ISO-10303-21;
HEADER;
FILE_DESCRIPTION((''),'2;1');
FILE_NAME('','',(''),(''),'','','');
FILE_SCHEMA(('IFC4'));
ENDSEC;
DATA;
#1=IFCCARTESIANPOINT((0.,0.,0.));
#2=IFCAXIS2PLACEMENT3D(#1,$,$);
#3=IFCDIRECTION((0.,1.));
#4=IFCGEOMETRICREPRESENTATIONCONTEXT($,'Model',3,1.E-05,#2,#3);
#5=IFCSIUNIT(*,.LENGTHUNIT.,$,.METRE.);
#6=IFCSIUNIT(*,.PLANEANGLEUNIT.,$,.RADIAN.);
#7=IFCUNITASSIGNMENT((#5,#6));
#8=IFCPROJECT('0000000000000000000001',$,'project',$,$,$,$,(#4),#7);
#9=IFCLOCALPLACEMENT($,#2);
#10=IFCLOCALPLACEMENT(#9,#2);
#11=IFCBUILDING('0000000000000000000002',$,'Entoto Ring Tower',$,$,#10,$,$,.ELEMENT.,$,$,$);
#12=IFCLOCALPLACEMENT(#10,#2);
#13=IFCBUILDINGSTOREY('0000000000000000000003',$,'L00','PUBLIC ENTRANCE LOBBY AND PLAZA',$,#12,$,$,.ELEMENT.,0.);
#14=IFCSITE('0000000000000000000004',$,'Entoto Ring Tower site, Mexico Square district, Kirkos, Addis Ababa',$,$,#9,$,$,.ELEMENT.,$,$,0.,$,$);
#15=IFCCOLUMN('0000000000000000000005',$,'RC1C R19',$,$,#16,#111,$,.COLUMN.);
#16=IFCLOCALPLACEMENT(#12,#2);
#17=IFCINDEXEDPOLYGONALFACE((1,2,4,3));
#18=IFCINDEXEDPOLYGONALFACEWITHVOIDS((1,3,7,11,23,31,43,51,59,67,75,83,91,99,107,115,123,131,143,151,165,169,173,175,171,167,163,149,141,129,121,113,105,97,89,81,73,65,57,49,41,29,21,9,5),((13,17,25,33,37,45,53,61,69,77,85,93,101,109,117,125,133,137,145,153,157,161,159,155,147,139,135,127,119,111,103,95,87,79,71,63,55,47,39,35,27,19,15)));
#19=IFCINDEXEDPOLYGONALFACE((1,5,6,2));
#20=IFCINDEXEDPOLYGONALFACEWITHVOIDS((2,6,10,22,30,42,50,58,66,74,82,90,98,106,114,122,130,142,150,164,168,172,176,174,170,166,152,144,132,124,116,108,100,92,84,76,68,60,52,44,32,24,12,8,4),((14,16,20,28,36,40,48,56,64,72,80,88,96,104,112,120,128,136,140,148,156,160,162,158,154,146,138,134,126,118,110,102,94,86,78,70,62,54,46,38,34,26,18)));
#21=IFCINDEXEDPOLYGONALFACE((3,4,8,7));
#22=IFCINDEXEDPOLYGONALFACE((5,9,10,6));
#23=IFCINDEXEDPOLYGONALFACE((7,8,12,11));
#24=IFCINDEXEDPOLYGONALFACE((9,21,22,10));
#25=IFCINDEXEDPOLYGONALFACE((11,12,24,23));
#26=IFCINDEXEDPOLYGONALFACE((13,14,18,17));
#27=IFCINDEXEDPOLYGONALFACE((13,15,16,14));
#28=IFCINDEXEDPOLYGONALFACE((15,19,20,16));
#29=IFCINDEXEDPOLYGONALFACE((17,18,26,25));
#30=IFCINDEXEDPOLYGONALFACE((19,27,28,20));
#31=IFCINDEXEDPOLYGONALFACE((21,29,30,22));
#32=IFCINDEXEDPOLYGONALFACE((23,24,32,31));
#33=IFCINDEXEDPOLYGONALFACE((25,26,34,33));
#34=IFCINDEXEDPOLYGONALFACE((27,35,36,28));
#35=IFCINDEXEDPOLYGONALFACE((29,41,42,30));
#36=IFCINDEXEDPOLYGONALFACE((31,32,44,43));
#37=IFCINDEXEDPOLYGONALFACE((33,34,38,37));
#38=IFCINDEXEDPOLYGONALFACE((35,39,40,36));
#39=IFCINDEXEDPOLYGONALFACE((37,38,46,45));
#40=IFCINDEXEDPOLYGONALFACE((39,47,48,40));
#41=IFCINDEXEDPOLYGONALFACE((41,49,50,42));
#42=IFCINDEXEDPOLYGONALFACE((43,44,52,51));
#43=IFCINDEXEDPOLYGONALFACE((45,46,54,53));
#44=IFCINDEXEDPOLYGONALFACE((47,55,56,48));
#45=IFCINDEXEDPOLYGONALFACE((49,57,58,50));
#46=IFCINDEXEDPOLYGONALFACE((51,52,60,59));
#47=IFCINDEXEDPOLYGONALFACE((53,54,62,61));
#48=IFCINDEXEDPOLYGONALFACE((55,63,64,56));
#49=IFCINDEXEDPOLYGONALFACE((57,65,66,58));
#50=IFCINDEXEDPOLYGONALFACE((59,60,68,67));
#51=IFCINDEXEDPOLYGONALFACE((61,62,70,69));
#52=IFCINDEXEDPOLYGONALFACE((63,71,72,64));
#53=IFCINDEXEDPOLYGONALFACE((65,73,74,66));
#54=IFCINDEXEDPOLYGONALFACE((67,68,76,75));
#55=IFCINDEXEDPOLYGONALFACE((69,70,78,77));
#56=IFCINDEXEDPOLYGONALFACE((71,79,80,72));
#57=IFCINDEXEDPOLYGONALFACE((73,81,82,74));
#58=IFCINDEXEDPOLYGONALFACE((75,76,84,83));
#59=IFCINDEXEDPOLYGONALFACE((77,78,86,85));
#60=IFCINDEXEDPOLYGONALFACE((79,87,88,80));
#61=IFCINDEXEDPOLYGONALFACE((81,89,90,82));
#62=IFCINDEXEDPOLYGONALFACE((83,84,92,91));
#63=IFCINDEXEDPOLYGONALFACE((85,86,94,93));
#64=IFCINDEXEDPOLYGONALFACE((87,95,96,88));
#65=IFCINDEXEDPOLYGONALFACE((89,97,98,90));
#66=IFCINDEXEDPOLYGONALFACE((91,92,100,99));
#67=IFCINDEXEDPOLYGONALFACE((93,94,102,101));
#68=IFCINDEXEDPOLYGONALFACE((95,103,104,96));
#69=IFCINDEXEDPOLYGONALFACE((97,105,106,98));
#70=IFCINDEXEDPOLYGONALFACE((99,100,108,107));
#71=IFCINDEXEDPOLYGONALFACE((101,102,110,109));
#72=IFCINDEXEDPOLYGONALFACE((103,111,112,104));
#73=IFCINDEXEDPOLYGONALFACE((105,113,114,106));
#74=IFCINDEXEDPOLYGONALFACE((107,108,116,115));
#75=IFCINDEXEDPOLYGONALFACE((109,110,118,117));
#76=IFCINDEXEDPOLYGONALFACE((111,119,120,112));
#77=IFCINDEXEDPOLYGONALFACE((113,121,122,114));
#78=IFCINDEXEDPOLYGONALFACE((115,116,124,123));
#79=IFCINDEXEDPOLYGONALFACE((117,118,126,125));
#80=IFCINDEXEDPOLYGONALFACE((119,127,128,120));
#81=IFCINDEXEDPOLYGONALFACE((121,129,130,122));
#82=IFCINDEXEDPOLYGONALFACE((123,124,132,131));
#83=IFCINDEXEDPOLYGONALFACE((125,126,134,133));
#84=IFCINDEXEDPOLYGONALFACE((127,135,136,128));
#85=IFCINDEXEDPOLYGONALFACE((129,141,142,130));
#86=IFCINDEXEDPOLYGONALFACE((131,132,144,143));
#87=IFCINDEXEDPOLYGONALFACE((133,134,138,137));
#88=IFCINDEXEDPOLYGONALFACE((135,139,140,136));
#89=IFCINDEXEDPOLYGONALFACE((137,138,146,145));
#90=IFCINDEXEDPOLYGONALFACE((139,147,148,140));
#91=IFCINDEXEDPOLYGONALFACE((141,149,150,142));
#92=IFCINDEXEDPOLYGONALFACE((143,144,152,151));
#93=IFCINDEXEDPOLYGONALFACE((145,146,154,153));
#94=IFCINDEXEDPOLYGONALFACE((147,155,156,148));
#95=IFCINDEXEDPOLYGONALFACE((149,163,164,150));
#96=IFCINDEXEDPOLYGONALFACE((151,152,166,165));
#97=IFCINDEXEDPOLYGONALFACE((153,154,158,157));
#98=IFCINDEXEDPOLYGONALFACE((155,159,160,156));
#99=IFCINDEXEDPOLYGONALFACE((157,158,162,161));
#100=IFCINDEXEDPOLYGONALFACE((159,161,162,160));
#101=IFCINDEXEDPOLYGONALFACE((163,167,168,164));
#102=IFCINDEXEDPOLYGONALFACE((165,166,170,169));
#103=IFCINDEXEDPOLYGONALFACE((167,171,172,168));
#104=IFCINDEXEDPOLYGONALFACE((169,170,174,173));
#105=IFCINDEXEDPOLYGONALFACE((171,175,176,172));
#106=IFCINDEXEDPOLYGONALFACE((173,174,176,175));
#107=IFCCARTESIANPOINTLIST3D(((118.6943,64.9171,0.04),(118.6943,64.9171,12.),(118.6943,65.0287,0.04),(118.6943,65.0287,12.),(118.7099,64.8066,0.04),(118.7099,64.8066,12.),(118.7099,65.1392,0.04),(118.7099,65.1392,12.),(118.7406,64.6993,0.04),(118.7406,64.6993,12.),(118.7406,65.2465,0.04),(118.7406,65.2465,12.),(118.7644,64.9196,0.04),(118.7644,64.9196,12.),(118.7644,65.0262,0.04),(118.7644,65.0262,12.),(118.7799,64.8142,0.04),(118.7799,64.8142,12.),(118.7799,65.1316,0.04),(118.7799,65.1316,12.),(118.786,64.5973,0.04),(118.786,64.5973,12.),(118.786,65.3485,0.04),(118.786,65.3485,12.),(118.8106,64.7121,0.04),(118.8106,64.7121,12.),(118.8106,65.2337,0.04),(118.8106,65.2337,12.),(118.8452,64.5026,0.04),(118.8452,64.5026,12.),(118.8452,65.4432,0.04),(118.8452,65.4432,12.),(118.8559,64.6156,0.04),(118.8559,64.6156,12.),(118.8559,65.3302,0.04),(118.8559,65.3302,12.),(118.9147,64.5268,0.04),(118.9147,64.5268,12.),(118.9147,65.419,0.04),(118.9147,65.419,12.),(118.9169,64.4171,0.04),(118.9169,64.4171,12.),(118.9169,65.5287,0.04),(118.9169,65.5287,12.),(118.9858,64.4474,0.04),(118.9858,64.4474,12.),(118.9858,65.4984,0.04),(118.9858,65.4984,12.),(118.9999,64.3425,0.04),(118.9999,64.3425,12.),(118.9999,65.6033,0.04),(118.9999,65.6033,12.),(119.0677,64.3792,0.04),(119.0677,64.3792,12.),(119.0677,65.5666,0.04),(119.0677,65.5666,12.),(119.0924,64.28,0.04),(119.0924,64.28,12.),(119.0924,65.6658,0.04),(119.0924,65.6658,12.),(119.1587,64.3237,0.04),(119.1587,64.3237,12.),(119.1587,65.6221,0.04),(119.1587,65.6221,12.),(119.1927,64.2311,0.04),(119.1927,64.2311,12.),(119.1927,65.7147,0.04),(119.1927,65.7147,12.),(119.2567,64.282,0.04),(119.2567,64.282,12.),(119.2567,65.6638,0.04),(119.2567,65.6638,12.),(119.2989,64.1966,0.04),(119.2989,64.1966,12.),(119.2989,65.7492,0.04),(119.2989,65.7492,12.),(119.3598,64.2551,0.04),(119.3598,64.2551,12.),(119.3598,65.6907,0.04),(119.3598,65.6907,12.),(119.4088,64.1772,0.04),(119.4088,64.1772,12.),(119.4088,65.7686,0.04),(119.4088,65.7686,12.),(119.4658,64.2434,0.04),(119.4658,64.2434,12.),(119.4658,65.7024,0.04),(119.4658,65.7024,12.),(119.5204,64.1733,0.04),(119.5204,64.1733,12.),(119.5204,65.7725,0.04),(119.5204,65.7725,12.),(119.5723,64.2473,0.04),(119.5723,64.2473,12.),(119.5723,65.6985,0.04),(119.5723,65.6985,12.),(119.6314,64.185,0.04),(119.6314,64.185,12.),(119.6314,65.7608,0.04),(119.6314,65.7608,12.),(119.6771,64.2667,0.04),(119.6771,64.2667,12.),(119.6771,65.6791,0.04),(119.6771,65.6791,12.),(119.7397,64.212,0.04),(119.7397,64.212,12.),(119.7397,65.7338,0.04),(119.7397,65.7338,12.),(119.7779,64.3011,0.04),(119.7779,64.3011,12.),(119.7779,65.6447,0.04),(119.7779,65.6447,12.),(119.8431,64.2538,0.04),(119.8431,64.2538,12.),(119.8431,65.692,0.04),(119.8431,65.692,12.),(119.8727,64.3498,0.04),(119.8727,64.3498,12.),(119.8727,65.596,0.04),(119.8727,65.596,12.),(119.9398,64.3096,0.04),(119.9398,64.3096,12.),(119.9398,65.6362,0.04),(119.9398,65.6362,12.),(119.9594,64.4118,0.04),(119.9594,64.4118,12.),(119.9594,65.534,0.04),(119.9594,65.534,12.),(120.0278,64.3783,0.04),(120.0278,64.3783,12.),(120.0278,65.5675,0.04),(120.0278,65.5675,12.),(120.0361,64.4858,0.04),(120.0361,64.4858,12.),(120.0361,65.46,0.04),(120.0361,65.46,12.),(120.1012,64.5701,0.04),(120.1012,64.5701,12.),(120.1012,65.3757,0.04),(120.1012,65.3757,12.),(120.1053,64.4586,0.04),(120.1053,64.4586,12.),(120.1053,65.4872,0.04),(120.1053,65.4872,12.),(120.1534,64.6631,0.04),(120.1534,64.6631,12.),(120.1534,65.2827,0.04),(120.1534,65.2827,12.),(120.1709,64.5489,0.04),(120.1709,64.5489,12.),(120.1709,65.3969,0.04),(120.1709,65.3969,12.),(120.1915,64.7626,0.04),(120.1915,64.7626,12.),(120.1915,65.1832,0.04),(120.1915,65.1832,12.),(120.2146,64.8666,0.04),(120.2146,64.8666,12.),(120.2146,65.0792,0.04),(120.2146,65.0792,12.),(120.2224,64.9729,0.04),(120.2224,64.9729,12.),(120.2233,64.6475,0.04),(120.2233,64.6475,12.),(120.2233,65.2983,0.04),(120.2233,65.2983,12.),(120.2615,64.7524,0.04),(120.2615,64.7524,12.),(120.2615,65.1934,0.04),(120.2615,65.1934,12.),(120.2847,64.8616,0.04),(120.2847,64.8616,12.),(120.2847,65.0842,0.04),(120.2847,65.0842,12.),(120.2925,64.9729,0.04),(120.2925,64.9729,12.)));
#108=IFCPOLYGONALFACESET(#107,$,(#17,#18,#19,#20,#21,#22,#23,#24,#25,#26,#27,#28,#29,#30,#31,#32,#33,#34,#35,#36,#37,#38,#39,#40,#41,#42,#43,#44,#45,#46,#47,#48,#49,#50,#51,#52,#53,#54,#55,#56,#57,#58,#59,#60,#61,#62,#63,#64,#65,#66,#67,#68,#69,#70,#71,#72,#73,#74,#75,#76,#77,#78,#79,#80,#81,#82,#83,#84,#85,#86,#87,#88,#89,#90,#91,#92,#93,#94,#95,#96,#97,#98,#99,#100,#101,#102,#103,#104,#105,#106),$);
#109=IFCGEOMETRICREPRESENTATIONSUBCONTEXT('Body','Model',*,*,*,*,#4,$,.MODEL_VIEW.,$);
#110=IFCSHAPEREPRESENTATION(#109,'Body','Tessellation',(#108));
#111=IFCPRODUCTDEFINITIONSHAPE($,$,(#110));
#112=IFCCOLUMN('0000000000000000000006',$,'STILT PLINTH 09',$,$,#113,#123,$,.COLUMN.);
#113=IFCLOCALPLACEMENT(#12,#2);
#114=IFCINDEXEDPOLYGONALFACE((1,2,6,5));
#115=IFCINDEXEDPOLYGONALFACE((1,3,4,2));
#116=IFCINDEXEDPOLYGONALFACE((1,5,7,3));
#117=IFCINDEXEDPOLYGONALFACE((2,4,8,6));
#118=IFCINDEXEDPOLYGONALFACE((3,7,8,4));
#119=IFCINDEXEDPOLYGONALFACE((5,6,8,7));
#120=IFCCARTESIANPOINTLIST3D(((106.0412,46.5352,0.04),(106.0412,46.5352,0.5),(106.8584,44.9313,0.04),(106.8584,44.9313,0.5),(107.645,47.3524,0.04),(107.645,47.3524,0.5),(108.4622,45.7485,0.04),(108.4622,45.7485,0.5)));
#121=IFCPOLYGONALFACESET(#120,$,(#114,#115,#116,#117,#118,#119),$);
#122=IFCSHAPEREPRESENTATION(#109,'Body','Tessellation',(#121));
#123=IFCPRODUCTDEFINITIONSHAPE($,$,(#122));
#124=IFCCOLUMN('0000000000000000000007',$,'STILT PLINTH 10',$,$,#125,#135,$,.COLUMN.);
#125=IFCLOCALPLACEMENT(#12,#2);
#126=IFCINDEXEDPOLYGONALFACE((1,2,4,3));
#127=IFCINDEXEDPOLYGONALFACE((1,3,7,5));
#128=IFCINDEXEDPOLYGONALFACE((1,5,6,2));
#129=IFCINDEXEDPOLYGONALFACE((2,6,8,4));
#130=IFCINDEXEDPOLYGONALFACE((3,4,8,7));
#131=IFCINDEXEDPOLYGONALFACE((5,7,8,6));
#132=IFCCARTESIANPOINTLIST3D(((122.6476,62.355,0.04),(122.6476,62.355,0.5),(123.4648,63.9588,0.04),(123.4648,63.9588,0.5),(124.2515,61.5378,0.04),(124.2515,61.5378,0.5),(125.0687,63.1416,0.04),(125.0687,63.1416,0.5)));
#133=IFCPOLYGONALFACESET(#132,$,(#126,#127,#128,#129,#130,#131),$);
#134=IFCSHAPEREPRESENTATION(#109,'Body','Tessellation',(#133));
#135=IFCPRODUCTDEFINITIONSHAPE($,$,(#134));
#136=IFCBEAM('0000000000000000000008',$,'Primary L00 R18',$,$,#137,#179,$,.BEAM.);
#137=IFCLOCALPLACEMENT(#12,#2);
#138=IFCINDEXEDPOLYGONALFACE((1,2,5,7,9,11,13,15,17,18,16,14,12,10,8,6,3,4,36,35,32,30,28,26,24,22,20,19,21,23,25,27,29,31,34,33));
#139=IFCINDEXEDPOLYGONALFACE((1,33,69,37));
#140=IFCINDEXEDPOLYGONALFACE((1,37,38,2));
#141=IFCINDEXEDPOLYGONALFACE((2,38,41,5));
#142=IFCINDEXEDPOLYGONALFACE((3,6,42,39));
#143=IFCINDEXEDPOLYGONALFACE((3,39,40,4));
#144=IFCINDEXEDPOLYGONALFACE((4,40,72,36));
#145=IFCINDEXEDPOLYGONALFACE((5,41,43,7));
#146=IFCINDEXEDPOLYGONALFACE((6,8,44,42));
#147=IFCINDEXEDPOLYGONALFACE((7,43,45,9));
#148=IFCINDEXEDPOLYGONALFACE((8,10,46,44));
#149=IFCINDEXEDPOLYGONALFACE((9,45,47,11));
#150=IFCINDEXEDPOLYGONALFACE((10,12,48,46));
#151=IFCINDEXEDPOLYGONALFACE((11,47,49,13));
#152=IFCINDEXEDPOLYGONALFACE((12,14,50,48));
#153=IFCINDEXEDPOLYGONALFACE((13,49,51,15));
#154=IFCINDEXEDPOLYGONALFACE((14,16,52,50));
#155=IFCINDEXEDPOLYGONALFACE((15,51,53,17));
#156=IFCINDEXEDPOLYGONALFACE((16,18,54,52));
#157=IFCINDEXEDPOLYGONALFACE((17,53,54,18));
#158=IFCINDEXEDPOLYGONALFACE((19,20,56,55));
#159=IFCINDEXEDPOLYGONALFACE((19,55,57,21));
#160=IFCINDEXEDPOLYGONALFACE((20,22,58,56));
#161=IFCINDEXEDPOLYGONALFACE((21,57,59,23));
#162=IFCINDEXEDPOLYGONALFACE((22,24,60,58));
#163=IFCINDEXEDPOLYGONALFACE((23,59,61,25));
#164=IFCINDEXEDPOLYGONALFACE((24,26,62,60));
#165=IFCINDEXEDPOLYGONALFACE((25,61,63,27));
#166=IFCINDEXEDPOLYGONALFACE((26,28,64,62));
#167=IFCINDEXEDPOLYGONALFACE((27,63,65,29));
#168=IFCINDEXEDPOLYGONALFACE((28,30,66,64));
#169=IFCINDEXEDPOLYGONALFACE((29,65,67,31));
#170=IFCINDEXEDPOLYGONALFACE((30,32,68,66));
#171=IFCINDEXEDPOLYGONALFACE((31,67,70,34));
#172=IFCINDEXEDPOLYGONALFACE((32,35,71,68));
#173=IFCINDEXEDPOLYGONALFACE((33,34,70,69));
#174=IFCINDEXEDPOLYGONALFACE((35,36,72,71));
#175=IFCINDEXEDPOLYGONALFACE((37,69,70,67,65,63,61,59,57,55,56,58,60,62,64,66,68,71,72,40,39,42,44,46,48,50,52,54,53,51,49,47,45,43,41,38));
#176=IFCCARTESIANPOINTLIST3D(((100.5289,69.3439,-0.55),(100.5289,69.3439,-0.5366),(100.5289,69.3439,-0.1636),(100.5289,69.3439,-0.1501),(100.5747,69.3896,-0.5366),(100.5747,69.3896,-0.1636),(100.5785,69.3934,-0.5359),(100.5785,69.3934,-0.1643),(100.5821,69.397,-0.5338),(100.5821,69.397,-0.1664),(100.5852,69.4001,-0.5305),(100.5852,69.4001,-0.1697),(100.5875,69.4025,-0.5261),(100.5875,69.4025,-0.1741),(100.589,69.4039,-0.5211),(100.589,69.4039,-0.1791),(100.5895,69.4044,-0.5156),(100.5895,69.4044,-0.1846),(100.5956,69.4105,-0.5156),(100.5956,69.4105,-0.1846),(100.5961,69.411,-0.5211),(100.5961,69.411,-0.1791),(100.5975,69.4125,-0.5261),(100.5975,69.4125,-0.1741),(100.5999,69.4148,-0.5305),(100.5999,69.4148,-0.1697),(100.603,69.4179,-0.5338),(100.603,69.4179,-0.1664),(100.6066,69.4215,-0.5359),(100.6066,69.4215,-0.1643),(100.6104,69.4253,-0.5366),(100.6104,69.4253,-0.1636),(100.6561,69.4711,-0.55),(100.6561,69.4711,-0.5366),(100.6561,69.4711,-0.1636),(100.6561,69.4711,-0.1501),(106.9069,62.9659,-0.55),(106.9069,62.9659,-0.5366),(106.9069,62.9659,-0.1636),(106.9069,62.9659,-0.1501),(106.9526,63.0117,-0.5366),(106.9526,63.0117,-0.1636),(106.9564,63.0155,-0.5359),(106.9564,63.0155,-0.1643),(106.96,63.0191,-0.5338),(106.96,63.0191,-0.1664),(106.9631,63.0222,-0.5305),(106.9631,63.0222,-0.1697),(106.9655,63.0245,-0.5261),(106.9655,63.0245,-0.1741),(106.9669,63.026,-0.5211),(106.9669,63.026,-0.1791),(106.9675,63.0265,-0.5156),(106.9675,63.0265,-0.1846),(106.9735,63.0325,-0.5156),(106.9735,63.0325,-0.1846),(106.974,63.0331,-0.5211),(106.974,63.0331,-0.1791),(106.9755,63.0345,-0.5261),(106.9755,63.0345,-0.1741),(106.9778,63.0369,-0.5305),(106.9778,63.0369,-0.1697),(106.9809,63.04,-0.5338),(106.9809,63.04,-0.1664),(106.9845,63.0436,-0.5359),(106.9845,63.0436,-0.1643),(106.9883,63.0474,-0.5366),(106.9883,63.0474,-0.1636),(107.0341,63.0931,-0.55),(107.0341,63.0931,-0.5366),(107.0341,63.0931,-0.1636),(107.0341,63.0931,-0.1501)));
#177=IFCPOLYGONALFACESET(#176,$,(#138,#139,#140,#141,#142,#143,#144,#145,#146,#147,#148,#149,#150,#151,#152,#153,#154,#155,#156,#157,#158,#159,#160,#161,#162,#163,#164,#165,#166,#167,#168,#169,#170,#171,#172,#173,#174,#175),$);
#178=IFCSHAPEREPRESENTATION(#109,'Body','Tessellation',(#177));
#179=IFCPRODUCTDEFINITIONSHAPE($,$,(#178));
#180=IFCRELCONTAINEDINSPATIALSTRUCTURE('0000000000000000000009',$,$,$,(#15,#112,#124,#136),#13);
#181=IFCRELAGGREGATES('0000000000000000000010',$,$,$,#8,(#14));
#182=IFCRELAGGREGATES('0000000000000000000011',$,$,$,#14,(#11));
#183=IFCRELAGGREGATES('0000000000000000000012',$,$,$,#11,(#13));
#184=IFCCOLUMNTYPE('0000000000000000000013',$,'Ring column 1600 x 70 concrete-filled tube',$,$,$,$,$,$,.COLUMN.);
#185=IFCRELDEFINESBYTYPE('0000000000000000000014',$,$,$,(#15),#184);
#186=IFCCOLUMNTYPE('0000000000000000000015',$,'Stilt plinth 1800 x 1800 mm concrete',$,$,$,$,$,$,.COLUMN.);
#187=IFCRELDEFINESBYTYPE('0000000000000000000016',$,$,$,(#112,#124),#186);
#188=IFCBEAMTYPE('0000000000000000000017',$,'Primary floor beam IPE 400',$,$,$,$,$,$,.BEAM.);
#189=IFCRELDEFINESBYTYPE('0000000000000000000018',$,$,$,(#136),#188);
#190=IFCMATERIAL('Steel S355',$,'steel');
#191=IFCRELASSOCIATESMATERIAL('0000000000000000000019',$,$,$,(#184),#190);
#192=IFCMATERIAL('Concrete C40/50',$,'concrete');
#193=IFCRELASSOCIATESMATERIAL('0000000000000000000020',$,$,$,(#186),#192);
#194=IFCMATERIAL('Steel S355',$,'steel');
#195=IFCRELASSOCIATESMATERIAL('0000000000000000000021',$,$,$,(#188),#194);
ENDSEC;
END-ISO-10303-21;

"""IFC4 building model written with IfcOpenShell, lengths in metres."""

from ifc_helpers import new_model, si_unit, direction, frame, origin, origin_2d, place, context, subcontext, project, spatial, rectangle, circle, hollow_circle, i_section, extrude, material, material_profile, profile_set, type_object, element, save


model = new_model("IFC4")

# Units and contexts
model_context = context("Model", 3, precision=1e-05, world=origin(), true_north=direction((0.0, 1.0)))
body_context = subcontext(model_context, "Body", "Model", "MODEL_VIEW")
ifc_project = project(units=[si_unit("LENGTHUNIT", "METRE"), si_unit("PLANEANGLEUNIT", "RADIAN")], contexts=[model_context])

# Site, building, storey
site_placement = place(None, origin())
site = spatial("IfcSite", under=ifc_project, at=site_placement, Name="Entoto Ring Tower site, Mexico Square district, Kirkos, Addis Ababa", CompositionType="ELEMENT", RefElevation=0.0)
building_placement = place(site_placement, origin())
building = spatial("IfcBuilding", under=site, at=building_placement, Name="Entoto Ring Tower", CompositionType="ELEMENT")
storey_placement = place(building_placement, origin())
storey = spatial("IfcBuildingStorey", under=building, at=storey_placement, Name="L00", Description="PUBLIC ENTRANCE LOBBY AND PLAZA", CompositionType="ELEMENT", Elevation=0.0)

# Columns
ifc_material_1 = material(Name="Steel S355", Category="steel")
ifc_material_profile_1 = material_profile(ifc_material_1, hollow_circle(Radius=0.8, WallThickness=0.0701, at=origin_2d()), Name="CHS 1600 x 70")
ifc_material_2 = material(Name="Concrete C60/75", Category="concrete")
ifc_material_profile_2 = material_profile(ifc_material_2, circle(Radius=0.73, at=origin_2d()), Name="Concrete C60/75 infill")
ifc_profile_set_1 = profile_set([ifc_material_profile_1, ifc_material_profile_2], Name="Steel S355")
column_type_1 = type_object("IfcColumnType", Name="Ring column 1600 x 70 concrete-filled tube", PredefinedType="COLUMN", material=ifc_profile_set_1)
for number, where, z_axis, x_axis, name in (
    (1, (119.4924, 64.9729, 0.04), (0.0, 0.0, 1.0), (1.0, 0.0, 0.0), "RC1C R19"),
):
    element("IfcColumn", number, at=place(storey_placement, frame(where, z_axis=z_axis, x_axis=x_axis)), inside=storey, type_object=column_type_1, Name=name, PredefinedType="COLUMN", context=body_context, shape_type="SweptSolid", body=[
        extrude(hollow_circle(Radius=0.8, WallThickness=0.0701, at=origin_2d()), origin(), (0.0, 0.0, 1.0), 11.96),
    ])
ifc_material_3 = material(Name="Concrete C40/50", Category="concrete")
ifc_material_profile_3 = material_profile(ifc_material_3, rectangle(XDim=1.8, YDim=1.8, at=origin_2d()), Name="Stilt plinth 1800 x 1800 mm concrete")
ifc_profile_set_2 = profile_set([ifc_material_profile_3], Name="Concrete C40/50")
column_type_2 = type_object("IfcColumnType", Name="Stilt plinth 1800 x 1800 mm concrete", PredefinedType="COLUMN", material=ifc_profile_set_2)
for number, where, z_axis, x_axis, name in (
    (2, (107.2517, 46.1418, 0.04), (0.0, 0.0, 1.0), (0.891007, 0.45399, 0.0), "STILT PLINTH 09"),
    (3, (123.8582, 62.7483, 0.04), (0.0, 0.0, 1.0), (0.45399, 0.891007, 0.0), "STILT PLINTH 10"),
):
    element("IfcColumn", number, at=place(storey_placement, frame(where, z_axis=z_axis, x_axis=x_axis)), inside=storey, type_object=column_type_2, Name=name, PredefinedType="COLUMN", context=body_context, shape_type="SweptSolid", body=[
        extrude(rectangle(XDim=1.8, YDim=1.8, at=origin_2d()), origin(), (0.0, 0.0, 1.0), 0.46),
    ])

# Beam
ifc_material_4 = material(Name="Steel S355", Category="steel")
ifc_material_profile_4 = material_profile(ifc_material_4, i_section(OverallWidth=0.1799, OverallDepth=0.3999, WebThickness=0.0085, FlangeThickness=0.0134, FilletRadius=0.021, at=origin_2d()), Name="IPE 400")
ifc_profile_set_3 = profile_set([ifc_material_profile_4], Name="Steel S355")
beam_type = type_object("IfcBeamType", Name="Primary floor beam IPE 400", PredefinedType="BEAM", material=ifc_profile_set_3)
beam_placement = place(storey_placement, frame((100.5925, 69.4075, -0.3501), z_axis=(0.707107, -0.707107, 0.0), x_axis=(0.707107, 0.707107, 0.0)))
element("IfcBeam", 4, at=beam_placement, inside=storey, type_object=beam_type, Name="Primary L00 R18", PredefinedType="BEAM", context=body_context, shape_type="SweptSolid", body=[
    extrude(i_section(OverallWidth=0.1799, OverallDepth=0.3999, WebThickness=0.0085, FlangeThickness=0.0134, FilletRadius=0.021, at=origin_2d()), origin(), (0.0, 0.0, 1.0), 9.0198),
])

save(model, "model.ifc")
